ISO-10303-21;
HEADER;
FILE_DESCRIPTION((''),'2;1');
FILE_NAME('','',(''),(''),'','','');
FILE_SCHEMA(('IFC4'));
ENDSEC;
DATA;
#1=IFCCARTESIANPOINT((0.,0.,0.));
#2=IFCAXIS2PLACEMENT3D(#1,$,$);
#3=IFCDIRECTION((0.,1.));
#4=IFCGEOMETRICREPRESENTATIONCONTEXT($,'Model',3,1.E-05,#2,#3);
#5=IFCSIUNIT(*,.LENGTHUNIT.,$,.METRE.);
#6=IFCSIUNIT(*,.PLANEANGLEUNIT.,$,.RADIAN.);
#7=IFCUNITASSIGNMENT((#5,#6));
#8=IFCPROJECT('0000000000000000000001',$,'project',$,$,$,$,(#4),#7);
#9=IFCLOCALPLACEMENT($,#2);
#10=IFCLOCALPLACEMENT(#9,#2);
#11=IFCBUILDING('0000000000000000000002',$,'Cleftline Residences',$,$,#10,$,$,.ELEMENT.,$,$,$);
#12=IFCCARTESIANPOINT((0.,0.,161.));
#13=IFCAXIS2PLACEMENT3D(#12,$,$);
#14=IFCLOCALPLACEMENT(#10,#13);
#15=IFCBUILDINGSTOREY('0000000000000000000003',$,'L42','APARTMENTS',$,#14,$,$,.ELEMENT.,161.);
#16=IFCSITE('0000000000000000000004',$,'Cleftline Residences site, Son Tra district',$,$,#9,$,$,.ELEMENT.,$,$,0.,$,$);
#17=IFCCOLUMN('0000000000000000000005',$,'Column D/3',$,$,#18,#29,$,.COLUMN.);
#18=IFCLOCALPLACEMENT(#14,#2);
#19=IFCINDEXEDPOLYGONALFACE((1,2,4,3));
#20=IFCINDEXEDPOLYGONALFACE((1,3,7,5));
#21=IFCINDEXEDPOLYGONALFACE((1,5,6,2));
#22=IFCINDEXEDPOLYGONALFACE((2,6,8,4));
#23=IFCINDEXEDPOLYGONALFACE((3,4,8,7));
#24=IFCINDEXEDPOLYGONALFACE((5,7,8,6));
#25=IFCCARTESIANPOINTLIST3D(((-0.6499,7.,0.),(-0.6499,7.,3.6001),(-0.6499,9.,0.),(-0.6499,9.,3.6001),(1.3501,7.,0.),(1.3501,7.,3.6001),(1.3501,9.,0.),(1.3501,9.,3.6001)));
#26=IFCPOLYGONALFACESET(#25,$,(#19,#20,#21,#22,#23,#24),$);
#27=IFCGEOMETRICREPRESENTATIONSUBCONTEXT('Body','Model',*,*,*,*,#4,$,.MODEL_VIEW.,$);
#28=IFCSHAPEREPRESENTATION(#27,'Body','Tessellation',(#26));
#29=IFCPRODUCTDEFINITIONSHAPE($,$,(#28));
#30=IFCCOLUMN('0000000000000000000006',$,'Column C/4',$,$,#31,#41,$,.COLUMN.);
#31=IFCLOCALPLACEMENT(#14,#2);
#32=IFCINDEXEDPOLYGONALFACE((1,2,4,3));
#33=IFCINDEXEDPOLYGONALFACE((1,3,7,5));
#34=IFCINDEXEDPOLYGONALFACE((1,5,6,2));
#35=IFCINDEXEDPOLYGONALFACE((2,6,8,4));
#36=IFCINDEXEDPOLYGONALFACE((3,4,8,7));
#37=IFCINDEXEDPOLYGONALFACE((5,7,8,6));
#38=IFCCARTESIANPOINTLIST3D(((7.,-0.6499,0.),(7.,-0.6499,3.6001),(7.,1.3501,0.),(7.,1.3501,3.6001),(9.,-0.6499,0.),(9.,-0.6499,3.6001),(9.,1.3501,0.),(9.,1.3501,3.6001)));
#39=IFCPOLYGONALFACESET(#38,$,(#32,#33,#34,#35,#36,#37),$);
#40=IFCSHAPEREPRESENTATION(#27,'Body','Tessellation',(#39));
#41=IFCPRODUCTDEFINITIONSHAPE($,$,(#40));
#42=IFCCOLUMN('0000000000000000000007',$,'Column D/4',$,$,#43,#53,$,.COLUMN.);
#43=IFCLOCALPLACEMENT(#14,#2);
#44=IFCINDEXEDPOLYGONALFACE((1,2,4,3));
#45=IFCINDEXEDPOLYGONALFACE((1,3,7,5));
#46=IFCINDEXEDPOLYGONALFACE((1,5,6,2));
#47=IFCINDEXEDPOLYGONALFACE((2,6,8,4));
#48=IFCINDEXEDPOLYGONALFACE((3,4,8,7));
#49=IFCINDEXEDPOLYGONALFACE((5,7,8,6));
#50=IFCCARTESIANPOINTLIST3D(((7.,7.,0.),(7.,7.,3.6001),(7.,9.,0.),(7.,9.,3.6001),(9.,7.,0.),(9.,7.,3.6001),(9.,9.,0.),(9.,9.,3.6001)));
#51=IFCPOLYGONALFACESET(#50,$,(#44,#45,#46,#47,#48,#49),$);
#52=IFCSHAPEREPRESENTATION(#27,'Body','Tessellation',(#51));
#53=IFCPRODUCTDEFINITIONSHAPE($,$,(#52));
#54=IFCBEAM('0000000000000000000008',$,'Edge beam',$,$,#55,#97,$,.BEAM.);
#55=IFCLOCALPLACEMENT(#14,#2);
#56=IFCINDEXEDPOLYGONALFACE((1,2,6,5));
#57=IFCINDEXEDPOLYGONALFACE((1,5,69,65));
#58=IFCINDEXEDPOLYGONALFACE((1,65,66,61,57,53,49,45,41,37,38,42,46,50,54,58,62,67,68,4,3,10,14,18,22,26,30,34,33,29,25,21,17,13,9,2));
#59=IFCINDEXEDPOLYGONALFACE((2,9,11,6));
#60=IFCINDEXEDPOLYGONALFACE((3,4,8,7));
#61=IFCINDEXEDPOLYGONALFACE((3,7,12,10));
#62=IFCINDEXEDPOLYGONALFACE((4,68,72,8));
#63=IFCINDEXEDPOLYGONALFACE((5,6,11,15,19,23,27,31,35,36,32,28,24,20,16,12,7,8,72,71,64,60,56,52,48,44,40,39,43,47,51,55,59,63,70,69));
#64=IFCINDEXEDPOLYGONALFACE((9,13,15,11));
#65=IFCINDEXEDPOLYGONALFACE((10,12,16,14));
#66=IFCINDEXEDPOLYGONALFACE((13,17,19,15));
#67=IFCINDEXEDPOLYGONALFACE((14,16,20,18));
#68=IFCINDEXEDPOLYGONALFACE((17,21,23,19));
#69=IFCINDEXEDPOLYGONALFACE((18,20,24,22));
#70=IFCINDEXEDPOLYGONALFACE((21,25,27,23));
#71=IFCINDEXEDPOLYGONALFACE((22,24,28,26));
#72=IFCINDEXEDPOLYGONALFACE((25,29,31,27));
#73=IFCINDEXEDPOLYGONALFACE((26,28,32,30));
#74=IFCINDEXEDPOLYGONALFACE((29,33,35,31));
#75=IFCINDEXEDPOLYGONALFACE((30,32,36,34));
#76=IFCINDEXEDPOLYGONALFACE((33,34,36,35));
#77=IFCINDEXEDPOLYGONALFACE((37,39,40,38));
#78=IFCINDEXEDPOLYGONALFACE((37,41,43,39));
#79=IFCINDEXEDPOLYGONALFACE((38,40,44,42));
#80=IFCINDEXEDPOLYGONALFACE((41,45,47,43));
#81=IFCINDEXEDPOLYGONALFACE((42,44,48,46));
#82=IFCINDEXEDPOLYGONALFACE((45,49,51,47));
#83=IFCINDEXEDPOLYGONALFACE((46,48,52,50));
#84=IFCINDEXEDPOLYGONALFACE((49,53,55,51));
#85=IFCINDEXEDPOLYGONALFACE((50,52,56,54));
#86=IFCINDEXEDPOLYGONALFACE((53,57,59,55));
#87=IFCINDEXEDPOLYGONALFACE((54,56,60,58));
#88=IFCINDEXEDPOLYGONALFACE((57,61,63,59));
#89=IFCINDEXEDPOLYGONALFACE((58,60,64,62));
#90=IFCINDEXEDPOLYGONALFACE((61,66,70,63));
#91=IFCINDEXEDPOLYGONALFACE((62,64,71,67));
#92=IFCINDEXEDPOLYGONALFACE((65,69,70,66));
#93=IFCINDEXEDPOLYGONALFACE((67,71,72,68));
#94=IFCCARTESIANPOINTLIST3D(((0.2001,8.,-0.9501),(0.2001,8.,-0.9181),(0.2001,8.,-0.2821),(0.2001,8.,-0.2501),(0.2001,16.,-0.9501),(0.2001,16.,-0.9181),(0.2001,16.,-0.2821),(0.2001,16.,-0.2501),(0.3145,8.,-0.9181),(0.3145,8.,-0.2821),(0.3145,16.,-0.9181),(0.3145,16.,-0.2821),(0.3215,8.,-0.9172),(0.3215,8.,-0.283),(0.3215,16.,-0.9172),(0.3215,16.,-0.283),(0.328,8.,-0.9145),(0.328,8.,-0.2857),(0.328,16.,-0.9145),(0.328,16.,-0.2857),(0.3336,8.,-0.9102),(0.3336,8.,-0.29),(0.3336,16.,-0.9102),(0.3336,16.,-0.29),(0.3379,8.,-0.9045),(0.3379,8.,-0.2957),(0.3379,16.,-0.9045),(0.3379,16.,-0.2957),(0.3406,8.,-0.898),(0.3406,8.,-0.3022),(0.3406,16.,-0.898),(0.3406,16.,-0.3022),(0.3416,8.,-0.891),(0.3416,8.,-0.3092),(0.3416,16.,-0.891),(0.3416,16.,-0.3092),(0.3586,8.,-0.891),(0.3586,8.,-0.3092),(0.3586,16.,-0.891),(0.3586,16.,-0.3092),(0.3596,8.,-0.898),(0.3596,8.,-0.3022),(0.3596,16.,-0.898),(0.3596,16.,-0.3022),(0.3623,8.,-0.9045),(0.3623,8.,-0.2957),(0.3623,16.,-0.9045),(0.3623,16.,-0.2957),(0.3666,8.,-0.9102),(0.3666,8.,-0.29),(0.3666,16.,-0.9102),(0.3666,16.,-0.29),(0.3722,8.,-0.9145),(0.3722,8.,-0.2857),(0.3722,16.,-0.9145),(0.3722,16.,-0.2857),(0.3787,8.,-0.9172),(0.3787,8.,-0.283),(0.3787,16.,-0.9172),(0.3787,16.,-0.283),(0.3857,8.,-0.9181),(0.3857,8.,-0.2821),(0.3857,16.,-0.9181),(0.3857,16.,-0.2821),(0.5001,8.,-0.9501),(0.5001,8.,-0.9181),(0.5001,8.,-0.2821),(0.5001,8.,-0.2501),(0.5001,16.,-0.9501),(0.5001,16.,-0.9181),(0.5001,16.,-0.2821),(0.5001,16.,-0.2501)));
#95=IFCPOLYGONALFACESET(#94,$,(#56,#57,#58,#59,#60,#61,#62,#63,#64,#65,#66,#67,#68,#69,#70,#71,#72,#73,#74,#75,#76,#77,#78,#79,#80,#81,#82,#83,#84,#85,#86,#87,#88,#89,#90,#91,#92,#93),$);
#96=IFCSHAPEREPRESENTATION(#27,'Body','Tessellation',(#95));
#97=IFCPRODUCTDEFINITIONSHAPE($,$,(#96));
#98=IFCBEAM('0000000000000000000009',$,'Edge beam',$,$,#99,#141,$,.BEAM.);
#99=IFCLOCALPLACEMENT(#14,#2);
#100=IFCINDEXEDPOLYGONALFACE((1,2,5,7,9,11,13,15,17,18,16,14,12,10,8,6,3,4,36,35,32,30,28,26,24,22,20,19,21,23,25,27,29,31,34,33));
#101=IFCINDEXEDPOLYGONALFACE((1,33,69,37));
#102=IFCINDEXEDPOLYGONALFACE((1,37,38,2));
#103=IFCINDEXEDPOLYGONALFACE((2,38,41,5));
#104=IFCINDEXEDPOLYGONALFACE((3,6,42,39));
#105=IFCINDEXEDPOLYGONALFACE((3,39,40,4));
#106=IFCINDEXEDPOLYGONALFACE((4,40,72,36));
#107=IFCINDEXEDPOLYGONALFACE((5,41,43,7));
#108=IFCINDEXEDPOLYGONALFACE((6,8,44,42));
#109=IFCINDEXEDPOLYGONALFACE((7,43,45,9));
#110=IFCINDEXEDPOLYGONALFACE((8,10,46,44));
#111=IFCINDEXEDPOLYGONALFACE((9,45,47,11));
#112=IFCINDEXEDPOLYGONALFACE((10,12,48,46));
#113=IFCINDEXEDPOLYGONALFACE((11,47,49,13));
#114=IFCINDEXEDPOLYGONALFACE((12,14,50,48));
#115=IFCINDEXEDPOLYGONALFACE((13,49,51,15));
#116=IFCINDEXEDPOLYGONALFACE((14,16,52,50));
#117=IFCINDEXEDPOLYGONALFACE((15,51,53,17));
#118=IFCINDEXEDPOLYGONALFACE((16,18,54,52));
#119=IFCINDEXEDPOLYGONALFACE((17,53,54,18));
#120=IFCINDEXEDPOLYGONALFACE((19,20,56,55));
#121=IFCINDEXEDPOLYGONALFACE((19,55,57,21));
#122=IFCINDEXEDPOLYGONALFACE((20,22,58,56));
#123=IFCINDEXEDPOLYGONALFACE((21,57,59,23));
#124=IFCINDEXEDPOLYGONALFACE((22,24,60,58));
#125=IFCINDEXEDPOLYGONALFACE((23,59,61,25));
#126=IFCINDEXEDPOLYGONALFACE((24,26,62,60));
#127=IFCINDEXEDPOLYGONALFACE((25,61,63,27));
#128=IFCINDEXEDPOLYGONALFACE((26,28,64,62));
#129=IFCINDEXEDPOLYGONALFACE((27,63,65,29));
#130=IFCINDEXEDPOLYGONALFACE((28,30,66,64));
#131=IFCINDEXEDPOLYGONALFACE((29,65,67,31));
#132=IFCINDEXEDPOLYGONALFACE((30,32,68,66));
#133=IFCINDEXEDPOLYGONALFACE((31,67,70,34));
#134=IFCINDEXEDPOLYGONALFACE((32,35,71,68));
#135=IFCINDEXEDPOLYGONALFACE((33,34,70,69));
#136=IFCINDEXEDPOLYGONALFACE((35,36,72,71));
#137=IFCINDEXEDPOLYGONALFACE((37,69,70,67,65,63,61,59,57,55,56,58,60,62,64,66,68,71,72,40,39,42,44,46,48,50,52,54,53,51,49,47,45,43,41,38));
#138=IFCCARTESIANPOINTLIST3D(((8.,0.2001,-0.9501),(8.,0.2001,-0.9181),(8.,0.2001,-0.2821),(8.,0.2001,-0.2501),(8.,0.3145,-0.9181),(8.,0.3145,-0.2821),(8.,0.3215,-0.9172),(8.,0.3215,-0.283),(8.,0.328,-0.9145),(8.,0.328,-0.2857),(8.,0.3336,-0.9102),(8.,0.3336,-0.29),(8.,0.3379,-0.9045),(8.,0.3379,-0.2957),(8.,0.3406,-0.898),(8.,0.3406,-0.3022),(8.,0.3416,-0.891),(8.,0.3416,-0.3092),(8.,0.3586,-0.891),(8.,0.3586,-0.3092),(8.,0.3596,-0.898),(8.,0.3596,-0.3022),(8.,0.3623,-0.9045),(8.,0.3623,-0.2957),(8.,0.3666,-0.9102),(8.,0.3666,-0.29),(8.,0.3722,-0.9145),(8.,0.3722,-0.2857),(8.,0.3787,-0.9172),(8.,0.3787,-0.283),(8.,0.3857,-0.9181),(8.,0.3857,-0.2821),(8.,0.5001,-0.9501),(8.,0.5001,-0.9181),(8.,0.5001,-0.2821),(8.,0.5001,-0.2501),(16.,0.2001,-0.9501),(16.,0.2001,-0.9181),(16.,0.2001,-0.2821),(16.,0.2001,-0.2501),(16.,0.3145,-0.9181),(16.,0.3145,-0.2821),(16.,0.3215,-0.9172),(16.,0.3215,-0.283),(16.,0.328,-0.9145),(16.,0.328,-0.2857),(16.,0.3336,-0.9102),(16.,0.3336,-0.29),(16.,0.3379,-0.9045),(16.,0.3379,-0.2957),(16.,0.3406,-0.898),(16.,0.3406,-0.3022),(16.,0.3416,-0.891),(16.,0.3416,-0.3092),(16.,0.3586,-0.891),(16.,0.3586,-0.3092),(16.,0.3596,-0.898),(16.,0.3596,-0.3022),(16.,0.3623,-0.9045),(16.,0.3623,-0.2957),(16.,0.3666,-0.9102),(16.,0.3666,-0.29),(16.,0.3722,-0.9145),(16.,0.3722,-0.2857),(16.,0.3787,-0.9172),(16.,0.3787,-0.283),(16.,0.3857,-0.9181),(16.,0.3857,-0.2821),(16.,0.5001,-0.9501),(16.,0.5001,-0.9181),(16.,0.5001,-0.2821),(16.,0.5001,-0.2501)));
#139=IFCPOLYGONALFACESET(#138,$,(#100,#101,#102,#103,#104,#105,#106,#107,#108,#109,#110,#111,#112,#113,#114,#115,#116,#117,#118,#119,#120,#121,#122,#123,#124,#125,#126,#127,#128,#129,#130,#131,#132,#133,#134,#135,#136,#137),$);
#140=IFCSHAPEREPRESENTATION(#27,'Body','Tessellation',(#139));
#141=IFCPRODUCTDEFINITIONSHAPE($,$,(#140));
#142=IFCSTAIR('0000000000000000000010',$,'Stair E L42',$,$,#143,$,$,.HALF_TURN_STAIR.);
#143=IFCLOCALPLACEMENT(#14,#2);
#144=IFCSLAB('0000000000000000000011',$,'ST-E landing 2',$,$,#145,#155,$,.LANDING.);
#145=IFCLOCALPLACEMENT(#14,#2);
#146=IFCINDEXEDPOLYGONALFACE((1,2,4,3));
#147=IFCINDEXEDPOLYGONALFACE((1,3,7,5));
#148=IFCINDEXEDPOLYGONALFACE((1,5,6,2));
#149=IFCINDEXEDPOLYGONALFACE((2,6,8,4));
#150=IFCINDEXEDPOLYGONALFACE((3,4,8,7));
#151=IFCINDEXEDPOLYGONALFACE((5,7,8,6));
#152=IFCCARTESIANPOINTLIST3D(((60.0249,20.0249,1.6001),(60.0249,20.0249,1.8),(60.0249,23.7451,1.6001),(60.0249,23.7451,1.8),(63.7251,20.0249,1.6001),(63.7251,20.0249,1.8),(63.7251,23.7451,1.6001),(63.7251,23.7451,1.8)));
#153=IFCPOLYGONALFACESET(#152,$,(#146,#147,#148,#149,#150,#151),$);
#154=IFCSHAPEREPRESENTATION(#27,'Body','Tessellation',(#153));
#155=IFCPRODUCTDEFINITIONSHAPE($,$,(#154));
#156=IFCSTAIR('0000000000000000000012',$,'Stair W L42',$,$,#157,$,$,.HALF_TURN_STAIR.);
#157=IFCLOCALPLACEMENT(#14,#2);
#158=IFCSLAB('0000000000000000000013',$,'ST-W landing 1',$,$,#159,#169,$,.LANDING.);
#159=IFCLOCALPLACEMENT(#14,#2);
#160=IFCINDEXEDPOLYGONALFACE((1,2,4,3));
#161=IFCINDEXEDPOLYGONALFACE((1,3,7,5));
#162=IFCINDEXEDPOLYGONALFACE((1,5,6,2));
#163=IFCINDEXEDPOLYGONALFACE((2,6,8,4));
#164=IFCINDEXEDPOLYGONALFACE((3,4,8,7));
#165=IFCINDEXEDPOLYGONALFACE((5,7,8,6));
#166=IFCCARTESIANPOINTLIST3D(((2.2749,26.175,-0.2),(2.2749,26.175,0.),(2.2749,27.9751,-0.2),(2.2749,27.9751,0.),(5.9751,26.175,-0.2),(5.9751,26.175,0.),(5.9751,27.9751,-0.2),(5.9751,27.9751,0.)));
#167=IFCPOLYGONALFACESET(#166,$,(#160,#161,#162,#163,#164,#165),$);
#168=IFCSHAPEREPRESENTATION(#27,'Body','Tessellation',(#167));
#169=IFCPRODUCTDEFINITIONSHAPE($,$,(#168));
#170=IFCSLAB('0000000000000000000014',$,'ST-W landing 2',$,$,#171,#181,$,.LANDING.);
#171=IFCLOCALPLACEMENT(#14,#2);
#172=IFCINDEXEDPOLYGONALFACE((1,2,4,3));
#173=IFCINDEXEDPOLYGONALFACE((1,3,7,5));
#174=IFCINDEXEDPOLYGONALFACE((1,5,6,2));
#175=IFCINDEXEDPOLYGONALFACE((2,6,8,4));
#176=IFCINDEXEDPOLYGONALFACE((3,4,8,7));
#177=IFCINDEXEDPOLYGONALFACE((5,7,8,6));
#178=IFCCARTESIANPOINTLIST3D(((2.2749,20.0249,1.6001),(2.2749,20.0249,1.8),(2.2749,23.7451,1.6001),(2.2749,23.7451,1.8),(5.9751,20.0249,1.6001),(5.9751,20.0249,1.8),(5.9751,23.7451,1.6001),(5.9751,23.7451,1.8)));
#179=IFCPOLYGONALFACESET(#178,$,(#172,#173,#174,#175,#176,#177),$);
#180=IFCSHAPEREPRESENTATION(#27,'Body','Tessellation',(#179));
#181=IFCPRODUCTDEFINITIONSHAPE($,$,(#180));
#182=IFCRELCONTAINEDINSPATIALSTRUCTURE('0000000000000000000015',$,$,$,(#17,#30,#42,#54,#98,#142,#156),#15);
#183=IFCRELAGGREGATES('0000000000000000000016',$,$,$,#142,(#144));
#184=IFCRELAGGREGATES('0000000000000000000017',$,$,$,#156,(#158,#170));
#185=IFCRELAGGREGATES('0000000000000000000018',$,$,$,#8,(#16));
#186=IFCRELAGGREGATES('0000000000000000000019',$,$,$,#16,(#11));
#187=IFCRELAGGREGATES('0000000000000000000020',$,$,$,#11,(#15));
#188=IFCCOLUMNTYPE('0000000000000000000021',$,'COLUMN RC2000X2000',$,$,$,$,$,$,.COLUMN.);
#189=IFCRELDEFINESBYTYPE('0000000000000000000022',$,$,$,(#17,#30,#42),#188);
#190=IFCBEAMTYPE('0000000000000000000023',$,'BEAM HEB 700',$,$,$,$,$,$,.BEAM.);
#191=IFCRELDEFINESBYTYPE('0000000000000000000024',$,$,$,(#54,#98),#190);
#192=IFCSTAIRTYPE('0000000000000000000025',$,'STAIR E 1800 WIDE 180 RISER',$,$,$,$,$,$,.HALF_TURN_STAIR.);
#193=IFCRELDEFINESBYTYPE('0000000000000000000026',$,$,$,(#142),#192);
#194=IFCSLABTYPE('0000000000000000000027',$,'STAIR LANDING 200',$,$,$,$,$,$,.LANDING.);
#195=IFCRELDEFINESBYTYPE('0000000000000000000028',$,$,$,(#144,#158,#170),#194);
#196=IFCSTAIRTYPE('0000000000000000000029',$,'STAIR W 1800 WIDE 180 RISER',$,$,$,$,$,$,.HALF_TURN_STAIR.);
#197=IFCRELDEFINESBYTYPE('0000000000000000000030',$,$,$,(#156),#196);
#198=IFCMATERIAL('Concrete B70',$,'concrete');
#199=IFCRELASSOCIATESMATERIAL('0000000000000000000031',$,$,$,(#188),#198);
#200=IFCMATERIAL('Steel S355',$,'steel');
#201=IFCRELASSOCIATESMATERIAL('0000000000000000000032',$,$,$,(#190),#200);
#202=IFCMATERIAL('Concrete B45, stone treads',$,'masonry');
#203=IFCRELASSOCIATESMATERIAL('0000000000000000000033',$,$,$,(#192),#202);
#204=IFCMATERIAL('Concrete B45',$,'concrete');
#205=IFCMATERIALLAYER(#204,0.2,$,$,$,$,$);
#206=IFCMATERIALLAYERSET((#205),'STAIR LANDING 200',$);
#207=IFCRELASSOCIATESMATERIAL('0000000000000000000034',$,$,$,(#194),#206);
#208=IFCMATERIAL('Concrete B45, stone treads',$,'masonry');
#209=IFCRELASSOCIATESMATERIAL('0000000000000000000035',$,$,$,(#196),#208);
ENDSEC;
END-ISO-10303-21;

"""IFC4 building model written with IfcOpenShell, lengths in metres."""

from ifc_helpers import new_model, si_unit, direction, frame, origin, origin_2d, place, context, subcontext, project, spatial, polyline, rectangle, i_section, outline, extrude, material, layer, layer_set, material_profile, profile_set, type_object, element, aggregate, save


model = new_model("IFC4")

# Units and contexts
model_context = context("Model", 3, precision=1e-05, world=origin(), true_north=direction((0.0, 1.0)))
body_context = subcontext(model_context, "Body", "Model", "MODEL_VIEW")
ifc_project = project(units=[si_unit("LENGTHUNIT", "METRE"), si_unit("PLANEANGLEUNIT", "RADIAN")], contexts=[model_context])

# Site, building, storey
site_placement = place(None, origin())
site = spatial("IfcSite", under=ifc_project, at=site_placement, Name="Cleftline Residences site, Son Tra district", CompositionType="ELEMENT", RefElevation=0.0)
building_placement = place(site_placement, origin())
building = spatial("IfcBuilding", under=site, at=building_placement, Name="Cleftline Residences", CompositionType="ELEMENT")
storey_placement = place(building_placement, frame((0.0, 0.0, 161.0)))
storey = spatial("IfcBuildingStorey", under=building, at=storey_placement, Name="L42", Description="APARTMENTS", CompositionType="ELEMENT", Elevation=161.0)

# Columns
ifc_material_1 = material(Name="Concrete B70", Category="concrete")
ifc_material_profile_1 = material_profile(ifc_material_1, rectangle(XDim=2.0, YDim=2.0, at=origin_2d()))
ifc_profile_set_1 = profile_set([ifc_material_profile_1], Name="Concrete B70")
column_type = type_object("IfcColumnType", Name="COLUMN RC2000X2000", PredefinedType="COLUMN", material=ifc_profile_set_1)
for number, where, z_axis, x_axis, name in (
    (1, (0.3501, 8.0, 0.0), (0.0, 0.0, 1.0), (1.0, 0.0, 0.0), "Column D/3"),
    (2, (8.0, 0.3501, 0.0), (0.0, 0.0, 1.0), (1.0, 0.0, 0.0), "Column C/4"),
    (3, (8.0, 8.0, 0.0), (0.0, 0.0, 1.0), (1.0, 0.0, 0.0), "Column D/4"),
):
    element("IfcColumn", number, at=place(storey_placement, frame(where, z_axis=z_axis, x_axis=x_axis)), inside=storey, type_object=column_type, Name=name, PredefinedType="COLUMN", context=body_context, shape_type="SweptSolid", body=[
        extrude(rectangle(XDim=2.0, YDim=2.0, at=origin_2d()), origin(), (0.0, 0.0, 1.0), 3.6001),
    ])

# Beams
ifc_material_2 = material(Name="Steel S355", Category="steel")
ifc_material_profile_2 = material_profile(ifc_material_2, i_section(OverallWidth=0.3, OverallDepth=0.7, WebThickness=0.0171, FlangeThickness=0.032, FilletRadius=0.0271, at=origin_2d()))
ifc_profile_set_2 = profile_set([ifc_material_profile_2], Name="Steel S355")
beam_type = type_object("IfcBeamType", Name="BEAM HEB 700", PredefinedType="BEAM", material=ifc_profile_set_2)
for number, where, z_axis, x_axis, name in (
    (4, (0.3501, 8.0, -0.6001), (0.0, 1.0, 0.0), (-1.0, 0.0, 0.0), "Edge beam"),
    (5, (8.0, 0.3501, -0.6001), (1.0, 0.0, 0.0), (0.0, 1.0, 0.0), "Edge beam"),
):
    element("IfcBeam", number, at=place(storey_placement, frame(where, z_axis=z_axis, x_axis=x_axis)), inside=storey, type_object=beam_type, Name=name, PredefinedType="BEAM", context=body_context, shape_type="SweptSolid", body=[
        extrude(i_section(OverallWidth=0.3, OverallDepth=0.7, WebThickness=0.0171, FlangeThickness=0.032, FilletRadius=0.0271, at=origin_2d()), origin(), (0.0, 0.0, 1.0), 8.0),
    ])

# Stair, slab
ifc_material_3 = material(Name="Concrete B45, stone treads", Category="masonry")
stair_type_1 = type_object("IfcStairType", Name="STAIR E 1800 WIDE 180 RISER", PredefinedType="HALF_TURN_STAIR", material=ifc_material_3)
stair_1_placement = place(storey_placement, origin())
stair_1 = element("IfcStair", 6, at=stair_1_placement, inside=storey, type_object=stair_type_1, Name="Stair E L42", PredefinedType="HALF_TURN_STAIR")
ifc_material_4 = material(Name="Concrete B45", Category="concrete")
ifc_layer_1 = layer(ifc_material_4, 0.2)
ifc_layer_set_1 = layer_set([ifc_layer_1], Name="STAIR LANDING 200")
slab_type = type_object("IfcSlabType", Name="STAIR LANDING 200", PredefinedType="LANDING", material=ifc_layer_set_1)
slab_1_placement = place(storey_placement, frame((0.0, 0.0, 1.6001)))
slab_1 = element("IfcSlab", 7, at=slab_1_placement, type_object=slab_type, Name="ST-E landing 2", PredefinedType="LANDING", context=body_context, shape_type="SweptSolid", body=[
    extrude(outline(polyline([(60.0249, 20.0249), (63.7251, 20.0249), (63.7251, 23.7451), (60.0249, 23.7451), (60.0249, 20.0249)])), origin(), (0.0, 0.0, 1.0), 0.2),
])
aggregate(stair_1, [slab_1])

# Stair, slabs
ifc_material_5 = material(Name="Concrete B45, stone treads", Category="masonry")
stair_type_2 = type_object("IfcStairType", Name="STAIR W 1800 WIDE 180 RISER", PredefinedType="HALF_TURN_STAIR", material=ifc_material_5)
stair_2_placement = place(storey_placement, origin())
stair_2 = element("IfcStair", 8, at=stair_2_placement, inside=storey, type_object=stair_type_2, Name="Stair W L42", PredefinedType="HALF_TURN_STAIR")
slab_2_placement = place(storey_placement, frame((0.0, 0.0, -0.2)))
slab_2 = element("IfcSlab", 9, at=slab_2_placement, type_object=slab_type, Name="ST-W landing 1", PredefinedType="LANDING", context=body_context, shape_type="SweptSolid", body=[
    extrude(outline(polyline([(2.2749, 26.175), (5.9751, 26.175), (5.9751, 27.9751), (2.2749, 27.9751), (2.2749, 26.175)])), origin(), (0.0, 0.0, 1.0), 0.2),
])
slab_3_placement = place(storey_placement, frame((0.0, 0.0, 1.6001)))
slab_3 = element("IfcSlab", 10, at=slab_3_placement, type_object=slab_type, Name="ST-W landing 2", PredefinedType="LANDING", context=body_context, shape_type="SweptSolid", body=[
    extrude(outline(polyline([(2.2749, 20.0249), (5.9751, 20.0249), (5.9751, 23.7451), (2.2749, 23.7451), (2.2749, 20.0249)])), origin(), (0.0, 0.0, 1.0), 0.2),
])
aggregate(stair_2, [slab_2, slab_3])

save(model, "model.ifc")
